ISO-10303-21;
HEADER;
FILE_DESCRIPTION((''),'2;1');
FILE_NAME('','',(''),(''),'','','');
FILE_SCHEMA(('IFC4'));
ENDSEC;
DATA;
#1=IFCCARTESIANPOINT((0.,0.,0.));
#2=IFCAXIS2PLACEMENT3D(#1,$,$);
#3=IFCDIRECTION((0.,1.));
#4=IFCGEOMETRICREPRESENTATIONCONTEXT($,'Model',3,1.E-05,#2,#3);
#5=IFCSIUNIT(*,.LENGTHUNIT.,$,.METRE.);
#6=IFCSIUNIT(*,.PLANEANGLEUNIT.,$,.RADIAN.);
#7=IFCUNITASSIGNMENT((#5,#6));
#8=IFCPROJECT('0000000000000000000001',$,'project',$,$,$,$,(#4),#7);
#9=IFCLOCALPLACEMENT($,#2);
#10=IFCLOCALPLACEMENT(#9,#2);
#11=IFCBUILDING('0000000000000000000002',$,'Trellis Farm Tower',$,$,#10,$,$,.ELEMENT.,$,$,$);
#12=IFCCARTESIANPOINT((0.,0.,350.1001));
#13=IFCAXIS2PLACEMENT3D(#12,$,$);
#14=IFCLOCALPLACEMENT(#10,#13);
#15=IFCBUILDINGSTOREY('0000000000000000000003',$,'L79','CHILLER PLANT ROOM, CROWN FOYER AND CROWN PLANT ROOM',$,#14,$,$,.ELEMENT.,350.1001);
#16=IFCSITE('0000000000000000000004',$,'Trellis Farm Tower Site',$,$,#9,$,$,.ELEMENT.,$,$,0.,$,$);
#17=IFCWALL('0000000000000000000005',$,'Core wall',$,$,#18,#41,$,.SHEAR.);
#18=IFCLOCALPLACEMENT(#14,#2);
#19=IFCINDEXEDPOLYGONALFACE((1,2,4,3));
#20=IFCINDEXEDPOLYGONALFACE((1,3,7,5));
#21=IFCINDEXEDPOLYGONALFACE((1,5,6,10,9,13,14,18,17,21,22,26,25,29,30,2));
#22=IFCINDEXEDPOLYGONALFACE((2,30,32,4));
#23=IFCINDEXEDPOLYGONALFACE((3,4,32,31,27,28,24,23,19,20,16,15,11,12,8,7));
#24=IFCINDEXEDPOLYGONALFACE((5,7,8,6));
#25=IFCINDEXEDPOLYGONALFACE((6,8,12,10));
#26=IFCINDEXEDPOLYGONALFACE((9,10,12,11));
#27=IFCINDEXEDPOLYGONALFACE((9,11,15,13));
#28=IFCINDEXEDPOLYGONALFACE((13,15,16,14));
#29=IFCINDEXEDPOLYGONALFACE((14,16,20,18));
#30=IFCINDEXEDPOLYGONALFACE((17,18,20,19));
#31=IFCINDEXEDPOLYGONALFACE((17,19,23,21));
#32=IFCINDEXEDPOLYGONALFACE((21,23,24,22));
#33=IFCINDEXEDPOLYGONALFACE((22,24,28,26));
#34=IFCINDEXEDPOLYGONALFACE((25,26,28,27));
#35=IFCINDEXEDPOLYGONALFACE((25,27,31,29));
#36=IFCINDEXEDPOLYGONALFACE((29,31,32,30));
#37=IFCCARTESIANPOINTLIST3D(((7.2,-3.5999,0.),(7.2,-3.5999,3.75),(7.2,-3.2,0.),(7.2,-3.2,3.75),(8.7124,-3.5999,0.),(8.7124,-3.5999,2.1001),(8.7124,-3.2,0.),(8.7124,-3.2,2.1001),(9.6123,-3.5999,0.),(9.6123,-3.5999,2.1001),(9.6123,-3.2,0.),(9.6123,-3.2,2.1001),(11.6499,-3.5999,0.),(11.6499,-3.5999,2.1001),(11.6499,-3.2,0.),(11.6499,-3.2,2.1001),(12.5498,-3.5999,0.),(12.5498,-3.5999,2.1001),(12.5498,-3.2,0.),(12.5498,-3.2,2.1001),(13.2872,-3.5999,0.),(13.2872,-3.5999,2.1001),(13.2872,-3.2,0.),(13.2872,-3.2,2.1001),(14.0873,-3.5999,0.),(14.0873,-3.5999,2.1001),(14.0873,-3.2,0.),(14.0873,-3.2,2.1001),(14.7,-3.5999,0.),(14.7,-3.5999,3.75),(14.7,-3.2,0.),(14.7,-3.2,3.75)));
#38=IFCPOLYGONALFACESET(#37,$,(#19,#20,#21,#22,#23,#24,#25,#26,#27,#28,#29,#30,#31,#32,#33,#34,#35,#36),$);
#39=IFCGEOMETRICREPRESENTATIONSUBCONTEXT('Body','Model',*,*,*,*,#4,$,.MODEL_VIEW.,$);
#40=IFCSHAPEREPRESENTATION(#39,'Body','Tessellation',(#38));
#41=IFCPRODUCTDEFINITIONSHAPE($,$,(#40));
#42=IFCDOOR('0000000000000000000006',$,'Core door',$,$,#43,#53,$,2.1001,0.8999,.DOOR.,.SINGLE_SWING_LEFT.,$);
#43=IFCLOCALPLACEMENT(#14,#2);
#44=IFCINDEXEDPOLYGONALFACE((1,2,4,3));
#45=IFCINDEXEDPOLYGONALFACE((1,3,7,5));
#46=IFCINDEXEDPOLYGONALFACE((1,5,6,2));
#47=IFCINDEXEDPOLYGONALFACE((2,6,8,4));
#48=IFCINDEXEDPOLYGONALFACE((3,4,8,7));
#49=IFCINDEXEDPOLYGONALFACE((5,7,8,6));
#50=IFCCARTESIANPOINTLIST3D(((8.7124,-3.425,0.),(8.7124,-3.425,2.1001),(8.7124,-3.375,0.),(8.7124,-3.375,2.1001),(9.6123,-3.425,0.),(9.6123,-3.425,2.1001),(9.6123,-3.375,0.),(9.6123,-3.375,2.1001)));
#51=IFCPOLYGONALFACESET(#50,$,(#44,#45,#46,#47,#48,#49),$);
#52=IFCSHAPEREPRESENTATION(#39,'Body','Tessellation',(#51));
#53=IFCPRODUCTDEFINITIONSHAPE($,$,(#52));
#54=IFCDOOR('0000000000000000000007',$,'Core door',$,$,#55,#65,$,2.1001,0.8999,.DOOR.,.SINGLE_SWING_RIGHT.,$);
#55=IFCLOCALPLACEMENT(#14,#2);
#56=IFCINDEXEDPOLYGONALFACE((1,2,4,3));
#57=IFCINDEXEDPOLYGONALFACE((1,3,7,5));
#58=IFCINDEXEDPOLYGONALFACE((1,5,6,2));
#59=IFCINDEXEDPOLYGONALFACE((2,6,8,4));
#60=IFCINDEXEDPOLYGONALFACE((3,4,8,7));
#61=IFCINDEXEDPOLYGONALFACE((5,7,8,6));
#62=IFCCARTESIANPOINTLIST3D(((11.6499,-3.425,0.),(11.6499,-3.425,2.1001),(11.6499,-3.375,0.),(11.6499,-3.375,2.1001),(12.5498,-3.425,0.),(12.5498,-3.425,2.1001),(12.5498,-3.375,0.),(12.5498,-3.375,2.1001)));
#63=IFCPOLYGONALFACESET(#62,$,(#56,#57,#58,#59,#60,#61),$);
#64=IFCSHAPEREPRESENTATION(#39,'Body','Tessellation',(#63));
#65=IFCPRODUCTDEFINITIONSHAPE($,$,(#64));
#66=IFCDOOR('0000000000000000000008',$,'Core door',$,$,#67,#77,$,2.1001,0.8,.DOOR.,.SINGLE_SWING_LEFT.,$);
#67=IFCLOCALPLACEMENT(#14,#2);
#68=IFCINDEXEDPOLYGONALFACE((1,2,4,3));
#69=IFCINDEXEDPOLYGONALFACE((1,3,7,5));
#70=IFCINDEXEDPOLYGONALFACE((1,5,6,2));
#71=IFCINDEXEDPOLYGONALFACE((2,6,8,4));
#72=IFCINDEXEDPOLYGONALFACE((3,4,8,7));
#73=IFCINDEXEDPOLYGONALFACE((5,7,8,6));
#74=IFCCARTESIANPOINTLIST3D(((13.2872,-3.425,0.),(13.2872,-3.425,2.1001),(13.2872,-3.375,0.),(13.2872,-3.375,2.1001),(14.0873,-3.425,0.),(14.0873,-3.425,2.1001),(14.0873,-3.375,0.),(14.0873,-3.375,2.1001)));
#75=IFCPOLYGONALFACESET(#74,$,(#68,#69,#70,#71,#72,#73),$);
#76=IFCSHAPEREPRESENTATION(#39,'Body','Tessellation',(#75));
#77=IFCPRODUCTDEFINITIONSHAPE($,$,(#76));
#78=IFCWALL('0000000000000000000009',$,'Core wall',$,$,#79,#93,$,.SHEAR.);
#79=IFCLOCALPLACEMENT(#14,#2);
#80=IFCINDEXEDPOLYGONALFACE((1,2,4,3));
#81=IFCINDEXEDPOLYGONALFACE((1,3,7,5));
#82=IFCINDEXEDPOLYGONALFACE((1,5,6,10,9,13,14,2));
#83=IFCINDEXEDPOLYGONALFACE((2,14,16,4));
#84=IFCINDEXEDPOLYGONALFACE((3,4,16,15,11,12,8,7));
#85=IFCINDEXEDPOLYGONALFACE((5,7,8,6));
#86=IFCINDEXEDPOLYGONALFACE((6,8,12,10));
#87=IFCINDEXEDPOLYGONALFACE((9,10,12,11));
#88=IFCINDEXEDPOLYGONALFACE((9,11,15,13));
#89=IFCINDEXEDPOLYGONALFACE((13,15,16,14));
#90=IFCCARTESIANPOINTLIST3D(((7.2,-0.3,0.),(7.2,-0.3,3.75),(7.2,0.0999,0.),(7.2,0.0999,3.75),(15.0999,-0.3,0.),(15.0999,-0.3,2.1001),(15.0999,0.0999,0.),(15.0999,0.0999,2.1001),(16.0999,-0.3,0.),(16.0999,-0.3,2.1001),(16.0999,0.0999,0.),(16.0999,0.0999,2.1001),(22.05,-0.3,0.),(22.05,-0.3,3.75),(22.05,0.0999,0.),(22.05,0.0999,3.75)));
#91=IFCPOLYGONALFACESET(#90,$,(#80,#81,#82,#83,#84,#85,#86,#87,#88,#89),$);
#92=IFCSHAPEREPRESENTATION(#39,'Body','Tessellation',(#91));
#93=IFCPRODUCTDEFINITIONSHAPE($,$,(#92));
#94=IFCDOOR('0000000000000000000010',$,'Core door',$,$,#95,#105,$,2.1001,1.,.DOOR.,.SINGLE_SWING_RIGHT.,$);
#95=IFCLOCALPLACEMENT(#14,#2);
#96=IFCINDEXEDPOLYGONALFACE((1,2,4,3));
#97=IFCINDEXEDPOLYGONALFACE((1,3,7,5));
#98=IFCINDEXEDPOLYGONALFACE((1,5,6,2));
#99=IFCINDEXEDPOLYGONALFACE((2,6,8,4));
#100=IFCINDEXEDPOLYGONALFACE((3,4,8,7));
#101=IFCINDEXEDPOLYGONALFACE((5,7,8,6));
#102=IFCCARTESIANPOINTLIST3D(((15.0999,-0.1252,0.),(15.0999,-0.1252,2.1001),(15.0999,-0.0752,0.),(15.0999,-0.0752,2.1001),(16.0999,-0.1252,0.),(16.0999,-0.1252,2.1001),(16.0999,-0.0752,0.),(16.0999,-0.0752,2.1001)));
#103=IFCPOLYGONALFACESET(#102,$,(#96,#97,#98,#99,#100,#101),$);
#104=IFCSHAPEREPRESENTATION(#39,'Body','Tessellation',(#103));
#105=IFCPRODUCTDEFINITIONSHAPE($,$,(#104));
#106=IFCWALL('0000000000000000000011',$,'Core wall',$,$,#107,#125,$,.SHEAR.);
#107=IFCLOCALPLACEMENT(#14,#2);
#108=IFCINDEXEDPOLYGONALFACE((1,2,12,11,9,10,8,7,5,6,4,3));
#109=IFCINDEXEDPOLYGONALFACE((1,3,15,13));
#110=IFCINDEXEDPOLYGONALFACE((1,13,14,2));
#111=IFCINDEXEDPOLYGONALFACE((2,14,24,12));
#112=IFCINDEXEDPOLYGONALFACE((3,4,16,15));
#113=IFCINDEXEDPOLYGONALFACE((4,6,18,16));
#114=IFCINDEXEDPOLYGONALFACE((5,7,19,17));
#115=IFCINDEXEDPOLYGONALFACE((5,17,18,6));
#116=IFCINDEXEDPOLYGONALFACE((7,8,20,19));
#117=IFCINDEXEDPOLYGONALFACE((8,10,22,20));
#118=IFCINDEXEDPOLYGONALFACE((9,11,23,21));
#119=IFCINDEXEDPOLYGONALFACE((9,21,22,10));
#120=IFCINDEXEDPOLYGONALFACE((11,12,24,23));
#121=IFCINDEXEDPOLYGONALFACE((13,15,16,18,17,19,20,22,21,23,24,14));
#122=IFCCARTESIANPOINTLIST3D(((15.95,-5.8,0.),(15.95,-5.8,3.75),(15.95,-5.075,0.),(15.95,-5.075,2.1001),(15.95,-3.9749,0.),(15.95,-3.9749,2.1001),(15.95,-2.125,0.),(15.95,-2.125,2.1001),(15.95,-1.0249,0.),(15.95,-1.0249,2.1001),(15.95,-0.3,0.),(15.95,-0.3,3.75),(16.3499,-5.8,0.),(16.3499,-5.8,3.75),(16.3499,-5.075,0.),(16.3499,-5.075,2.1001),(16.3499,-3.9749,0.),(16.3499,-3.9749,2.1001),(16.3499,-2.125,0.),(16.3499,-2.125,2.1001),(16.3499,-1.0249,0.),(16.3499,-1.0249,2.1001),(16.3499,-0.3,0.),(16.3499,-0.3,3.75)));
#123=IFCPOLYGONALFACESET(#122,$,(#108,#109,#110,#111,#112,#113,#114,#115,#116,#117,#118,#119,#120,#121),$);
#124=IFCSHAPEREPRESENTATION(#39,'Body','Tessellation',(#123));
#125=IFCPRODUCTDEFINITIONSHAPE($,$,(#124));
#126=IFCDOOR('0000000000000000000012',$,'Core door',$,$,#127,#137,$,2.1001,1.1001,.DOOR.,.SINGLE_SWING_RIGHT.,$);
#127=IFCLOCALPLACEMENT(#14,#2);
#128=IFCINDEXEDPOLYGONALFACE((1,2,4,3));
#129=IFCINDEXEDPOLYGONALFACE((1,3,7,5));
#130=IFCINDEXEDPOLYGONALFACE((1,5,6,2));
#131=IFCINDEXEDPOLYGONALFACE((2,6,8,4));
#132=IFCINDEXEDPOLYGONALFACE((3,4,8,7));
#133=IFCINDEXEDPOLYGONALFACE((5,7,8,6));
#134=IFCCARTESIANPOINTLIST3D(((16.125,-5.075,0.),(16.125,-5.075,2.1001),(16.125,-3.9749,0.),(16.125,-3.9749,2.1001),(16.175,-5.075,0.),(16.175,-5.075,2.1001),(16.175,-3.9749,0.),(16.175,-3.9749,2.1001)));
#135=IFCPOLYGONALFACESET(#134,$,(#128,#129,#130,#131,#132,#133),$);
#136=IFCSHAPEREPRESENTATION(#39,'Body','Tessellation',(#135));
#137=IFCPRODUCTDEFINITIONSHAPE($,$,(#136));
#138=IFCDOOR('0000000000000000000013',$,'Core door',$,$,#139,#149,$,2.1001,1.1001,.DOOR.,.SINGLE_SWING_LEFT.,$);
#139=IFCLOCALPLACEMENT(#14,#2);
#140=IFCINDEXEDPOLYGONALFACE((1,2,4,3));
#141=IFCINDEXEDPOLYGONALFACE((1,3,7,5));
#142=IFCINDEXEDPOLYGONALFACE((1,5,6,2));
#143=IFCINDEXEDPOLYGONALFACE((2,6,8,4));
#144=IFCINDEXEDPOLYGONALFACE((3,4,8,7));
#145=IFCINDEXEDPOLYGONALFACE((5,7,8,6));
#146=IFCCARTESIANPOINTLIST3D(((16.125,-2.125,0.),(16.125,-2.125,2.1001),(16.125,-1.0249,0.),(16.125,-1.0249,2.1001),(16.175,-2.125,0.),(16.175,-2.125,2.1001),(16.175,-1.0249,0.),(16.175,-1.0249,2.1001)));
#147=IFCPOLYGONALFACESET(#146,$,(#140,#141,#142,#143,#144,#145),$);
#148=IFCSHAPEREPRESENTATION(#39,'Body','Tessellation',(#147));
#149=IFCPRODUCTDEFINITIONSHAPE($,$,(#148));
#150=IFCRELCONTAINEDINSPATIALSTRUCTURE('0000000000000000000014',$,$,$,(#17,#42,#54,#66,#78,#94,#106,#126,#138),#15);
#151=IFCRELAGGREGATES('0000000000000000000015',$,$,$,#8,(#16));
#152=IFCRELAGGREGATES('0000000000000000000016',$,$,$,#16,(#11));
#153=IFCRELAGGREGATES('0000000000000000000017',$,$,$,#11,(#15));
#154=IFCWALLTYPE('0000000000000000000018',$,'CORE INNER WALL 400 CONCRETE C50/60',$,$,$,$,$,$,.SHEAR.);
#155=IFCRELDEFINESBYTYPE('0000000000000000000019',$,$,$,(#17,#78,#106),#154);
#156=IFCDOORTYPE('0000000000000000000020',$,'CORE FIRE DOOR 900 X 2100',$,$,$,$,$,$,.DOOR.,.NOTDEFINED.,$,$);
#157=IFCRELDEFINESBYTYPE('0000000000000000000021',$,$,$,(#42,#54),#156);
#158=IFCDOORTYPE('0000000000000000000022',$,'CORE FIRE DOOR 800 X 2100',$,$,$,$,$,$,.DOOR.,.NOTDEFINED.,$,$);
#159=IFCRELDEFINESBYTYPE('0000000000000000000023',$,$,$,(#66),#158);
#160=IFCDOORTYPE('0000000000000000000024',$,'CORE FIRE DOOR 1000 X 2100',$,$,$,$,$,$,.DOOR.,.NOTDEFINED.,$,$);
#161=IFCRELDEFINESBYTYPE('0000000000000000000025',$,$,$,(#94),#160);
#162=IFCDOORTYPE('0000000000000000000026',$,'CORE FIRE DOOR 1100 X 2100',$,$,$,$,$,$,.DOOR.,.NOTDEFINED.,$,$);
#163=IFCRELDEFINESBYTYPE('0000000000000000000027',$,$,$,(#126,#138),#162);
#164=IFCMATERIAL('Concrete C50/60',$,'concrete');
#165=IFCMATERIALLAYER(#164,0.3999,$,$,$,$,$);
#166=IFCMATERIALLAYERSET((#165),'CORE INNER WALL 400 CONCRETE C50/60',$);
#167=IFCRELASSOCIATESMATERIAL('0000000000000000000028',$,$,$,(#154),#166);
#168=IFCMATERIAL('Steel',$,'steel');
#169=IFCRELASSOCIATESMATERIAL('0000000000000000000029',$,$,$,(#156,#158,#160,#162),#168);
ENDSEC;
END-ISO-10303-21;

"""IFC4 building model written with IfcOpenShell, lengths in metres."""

from ifc_helpers import new_model, si_unit, direction, frame, frame_2d, origin, place, context, subcontext, project, spatial, rectangle, extrude, source, transform, mapped, material, layer, layer_set, type_object, element, fill, save


model = new_model("IFC4")

# Units and contexts
model_context = context("Model", 3, precision=1e-05, world=origin(), true_north=direction((0.0, 1.0)))
body_context = subcontext(model_context, "Body", "Model", "MODEL_VIEW")
ifc_project = project(units=[si_unit("LENGTHUNIT", "METRE"), si_unit("PLANEANGLEUNIT", "RADIAN")], contexts=[model_context])

# Site, building, storey
site_placement = place(None, origin())
site = spatial("IfcSite", under=ifc_project, at=site_placement, Name="Trellis Farm Tower Site", CompositionType="ELEMENT", RefElevation=0.0)
building_placement = place(site_placement, origin())
building = spatial("IfcBuilding", under=site, at=building_placement, Name="Trellis Farm Tower", CompositionType="ELEMENT")
storey_placement = place(building_placement, frame((0.0, 0.0, 350.1001)))
storey = spatial("IfcBuildingStorey", under=building, at=storey_placement, Name="L79", Description="CHILLER PLANT ROOM, CROWN FOYER AND CROWN PLANT ROOM", CompositionType="ELEMENT", Elevation=350.1001)

# Shared definitions
ifc_material_1 = material(Name="Concrete C50/60", Category="concrete")

# Shared definitions
ifc_material_2 = material(Name="Steel", Category="steel")

# Wall, openings, doors
ifc_layer_1 = layer(ifc_material_1, 0.3999)
ifc_layer_set_1 = layer_set([ifc_layer_1], Name="CORE INNER WALL 400 CONCRETE C50/60")
wall_type_1 = type_object("IfcWallType", Name="CORE INNER WALL 400 CONCRETE C50/60", PredefinedType="SHEAR", material=ifc_layer_set_1)
shared_shape_1 = source(origin(), body_context, "Body", "SweptSolid", [
    extrude(rectangle(XDim=7.5, YDim=0.3999, at=frame_2d((3.75, 0.0))), origin(), (0.0, 0.0, 1.0), 3.75),
])
wall_1_placement = place(storey_placement, frame((7.2, -3.3999, 0.0), z_axis=(0.0, 0.0, 1.0), x_axis=(1.0, 0.0, 0.0)))
wall_1 = element("IfcWall", 1, at=wall_1_placement, inside=storey, type_object=wall_type_1, Name="Core wall", PredefinedType="SHEAR", context=body_context, shape_type="MappedRepresentation", body=[
    mapped(shared_shape_1, transform((0.0, 0.0, 0.0))),
])
shared_shape_2 = source(origin(), body_context, "Body", "SweptSolid", [
    extrude(rectangle(XDim=0.8999, YDim=2.1001, at=frame_2d((0.45, 1.05))), frame((0.0, 0.21, 0.0), z_axis=(0.0, -1.0, 0.0), x_axis=(1.0, 0.0, 0.0)), (0.0, 0.0, 1.0), 0.4199),
])
opening_1_placement = place(wall_1_placement, frame((1.5125, 0.0, 0.0)))
opening_1 = element("IfcOpeningElement", 2, at=opening_1_placement, cuts=wall_1, PredefinedType="OPENING", context=body_context, shape_type="MappedRepresentation", body=[
    mapped(shared_shape_2, transform((0.0, 0.0, 0.0))),
])
opening_2_placement = place(wall_1_placement, frame((4.45, 0.0, 0.0)))
opening_2 = element("IfcOpeningElement", 3, at=opening_2_placement, cuts=wall_1, PredefinedType="OPENING", context=body_context, shape_type="MappedRepresentation", body=[
    mapped(shared_shape_2, transform((0.0, 0.0, 0.0))),
])
shared_shape_3 = source(origin(), body_context, "Body", "SweptSolid", [
    extrude(rectangle(XDim=0.8, YDim=2.1001, at=frame_2d((0.3999, 1.05))), frame((0.0, 0.21, 0.0), z_axis=(0.0, -1.0, 0.0), x_axis=(1.0, 0.0, 0.0)), (0.0, 0.0, 1.0), 0.4199),
])
opening_3_placement = place(wall_1_placement, frame((6.0874, 0.0, 0.0)))
opening_3 = element("IfcOpeningElement", 4, at=opening_3_placement, cuts=wall_1, PredefinedType="OPENING", context=body_context, shape_type="MappedRepresentation", body=[
    mapped(shared_shape_3, transform((0.0, 0.0, 0.0))),
])
door_type_1 = type_object("IfcDoorType", Name="CORE FIRE DOOR 900 X 2100", OperationType="NOTDEFINED", PredefinedType="DOOR", material=ifc_material_2)
shared_shape_4 = source(origin(), body_context, "Body", "SweptSolid", [
    extrude(rectangle(XDim=0.8999, YDim=2.1001, at=frame_2d((0.45, 1.05))), frame((0.0, 0.0249, 0.0), z_axis=(0.0, -1.0, 0.0), x_axis=(1.0, 0.0, 0.0)), (0.0, 0.0, 1.0), 0.05),
])
door_1_placement = place(opening_1_placement, origin())
door_1 = element("IfcDoor", 5, at=door_1_placement, inside=storey, type_object=door_type_1, Name="Core door", OperationType="SINGLE_SWING_LEFT", OverallHeight=2.1001, OverallWidth=0.8999, PredefinedType="DOOR", context=body_context, shape_type="MappedRepresentation", body=[
    mapped(shared_shape_4, transform((0.0, 0.0, 0.0))),
])
fill(opening_1, door_1)
door_2_placement = place(opening_2_placement, origin())
door_2 = element("IfcDoor", 6, at=door_2_placement, inside=storey, type_object=door_type_1, Name="Core door", OperationType="SINGLE_SWING_RIGHT", OverallHeight=2.1001, OverallWidth=0.8999, PredefinedType="DOOR", context=body_context, shape_type="MappedRepresentation", body=[
    mapped(shared_shape_4, transform((0.0, 0.0, 0.0))),
])
fill(opening_2, door_2)
door_type_2 = type_object("IfcDoorType", Name="CORE FIRE DOOR 800 X 2100", OperationType="NOTDEFINED", PredefinedType="DOOR", material=ifc_material_2)
shared_shape_5 = source(origin(), body_context, "Body", "SweptSolid", [
    extrude(rectangle(XDim=0.8, YDim=2.1001, at=frame_2d((0.3999, 1.05))), frame((0.0, 0.0249, 0.0), z_axis=(0.0, -1.0, 0.0), x_axis=(1.0, 0.0, 0.0)), (0.0, 0.0, 1.0), 0.05),
])
door_3_placement = place(opening_3_placement, origin())
door_3 = element("IfcDoor", 7, at=door_3_placement, inside=storey, type_object=door_type_2, Name="Core door", OperationType="SINGLE_SWING_LEFT", OverallHeight=2.1001, OverallWidth=0.8, PredefinedType="DOOR", context=body_context, shape_type="MappedRepresentation", body=[
    mapped(shared_shape_5, transform((0.0, 0.0, 0.0))),
])
fill(opening_3, door_3)

# Wall, opening, door
shared_shape_6 = source(origin(), body_context, "Body", "SweptSolid", [
    extrude(rectangle(XDim=14.8501, YDim=0.3999, at=frame_2d((7.425, 0.0))), origin(), (0.0, 0.0, 1.0), 3.75),
])
wall_2_placement = place(storey_placement, frame((7.2, -0.1001, 0.0), z_axis=(0.0, 0.0, 1.0), x_axis=(1.0, 0.0, 0.0)))
wall_2 = element("IfcWall", 8, at=wall_2_placement, inside=storey, type_object=wall_type_1, Name="Core wall", PredefinedType="SHEAR", context=body_context, shape_type="MappedRepresentation", body=[
    mapped(shared_shape_6, transform((0.0, 0.0, 0.0))),
])
shared_shape_7 = source(origin(), body_context, "Body", "SweptSolid", [
    extrude(rectangle(XDim=1.0, YDim=2.1001, at=frame_2d((0.5, 1.05))), frame((0.0, 0.21, 0.0), z_axis=(0.0, -1.0, 0.0), x_axis=(1.0, 0.0, 0.0)), (0.0, 0.0, 1.0), 0.4199),
])
opening_4_placement = place(wall_2_placement, frame((7.8999, 0.0, 0.0)))
opening_4 = element("IfcOpeningElement", 9, at=opening_4_placement, cuts=wall_2, PredefinedType="OPENING", context=body_context, shape_type="MappedRepresentation", body=[
    mapped(shared_shape_7, transform((0.0, 0.0, 0.0))),
])
door_type_3 = type_object("IfcDoorType", Name="CORE FIRE DOOR 1000 X 2100", OperationType="NOTDEFINED", PredefinedType="DOOR", material=ifc_material_2)
shared_shape_8 = source(origin(), body_context, "Body", "SweptSolid", [
    extrude(rectangle(XDim=1.0, YDim=2.1001, at=frame_2d((0.5, 1.05))), frame((0.0, 0.0249, 0.0), z_axis=(0.0, -1.0, 0.0), x_axis=(1.0, 0.0, 0.0)), (0.0, 0.0, 1.0), 0.05),
])
door_4_placement = place(opening_4_placement, origin())
door_4 = element("IfcDoor", 10, at=door_4_placement, inside=storey, type_object=door_type_3, Name="Core door", OperationType="SINGLE_SWING_RIGHT", OverallHeight=2.1001, OverallWidth=1.0, PredefinedType="DOOR", context=body_context, shape_type="MappedRepresentation", body=[
    mapped(shared_shape_8, transform((0.0, 0.0, 0.0))),
])
fill(opening_4, door_4)

# Wall, openings, doors
shared_shape_9 = source(origin(), body_context, "Body", "SweptSolid", [
    extrude(rectangle(XDim=5.5, YDim=0.3999, at=frame_2d((2.75, 0.0))), origin(), (0.0, 0.0, 1.0), 3.75),
])
wall_3_placement = place(storey_placement, frame((16.1499, -5.8, 0.0), z_axis=(0.0, 0.0, 1.0), x_axis=(0.0, 1.0, 0.0)))
wall_3 = element("IfcWall", 11, at=wall_3_placement, inside=storey, type_object=wall_type_1, Name="Core wall", PredefinedType="SHEAR", context=body_context, shape_type="MappedRepresentation", body=[
    mapped(shared_shape_9, transform((0.0, 0.0, 0.0))),
])
shared_shape_10 = source(origin(), body_context, "Body", "SweptSolid", [
    extrude(rectangle(XDim=1.1001, YDim=2.1001, at=frame_2d((0.55, 1.05))), frame((0.0, 0.21, 0.0), z_axis=(0.0, -1.0, 0.0), x_axis=(1.0, 0.0, 0.0)), (0.0, 0.0, 1.0), 0.4199),
])
opening_5_placement = place(wall_3_placement, frame((0.7251, 0.0, 0.0)))
opening_5 = element("IfcOpeningElement", 12, at=opening_5_placement, cuts=wall_3, PredefinedType="OPENING", context=body_context, shape_type="MappedRepresentation", body=[
    mapped(shared_shape_10, transform((0.0, 0.0, 0.0))),
])
opening_6_placement = place(wall_3_placement, frame((3.675, 0.0, 0.0)))
opening_6 = element("IfcOpeningElement", 13, at=opening_6_placement, cuts=wall_3, PredefinedType="OPENING", context=body_context, shape_type="MappedRepresentation", body=[
    mapped(shared_shape_10, transform((0.0, 0.0, 0.0))),
])
door_type_4 = type_object("IfcDoorType", Name="CORE FIRE DOOR 1100 X 2100", OperationType="NOTDEFINED", PredefinedType="DOOR", material=ifc_material_2)
shared_shape_11 = source(origin(), body_context, "Body", "SweptSolid", [
    extrude(rectangle(XDim=1.1001, YDim=2.1001, at=frame_2d((0.55, 1.05))), frame((0.0, 0.0249, 0.0), z_axis=(0.0, -1.0, 0.0), x_axis=(1.0, 0.0, 0.0)), (0.0, 0.0, 1.0), 0.05),
])
door_5_placement = place(opening_5_placement, origin())
door_5 = element("IfcDoor", 14, at=door_5_placement, inside=storey, type_object=door_type_4, Name="Core door", OperationType="SINGLE_SWING_RIGHT", OverallHeight=2.1001, OverallWidth=1.1001, PredefinedType="DOOR", context=body_context, shape_type="MappedRepresentation", body=[
    mapped(shared_shape_11, transform((0.0, 0.0, 0.0))),
])
fill(opening_5, door_5)
door_6_placement = place(opening_6_placement, origin())
door_6 = element("IfcDoor", 15, at=door_6_placement, inside=storey, type_object=door_type_4, Name="Core door", OperationType="SINGLE_SWING_LEFT", OverallHeight=2.1001, OverallWidth=1.1001, PredefinedType="DOOR", context=body_context, shape_type="MappedRepresentation", body=[
    mapped(shared_shape_11, transform((0.0, 0.0, 0.0))),
])
fill(opening_6, door_6)

save(model, "model.ifc")
